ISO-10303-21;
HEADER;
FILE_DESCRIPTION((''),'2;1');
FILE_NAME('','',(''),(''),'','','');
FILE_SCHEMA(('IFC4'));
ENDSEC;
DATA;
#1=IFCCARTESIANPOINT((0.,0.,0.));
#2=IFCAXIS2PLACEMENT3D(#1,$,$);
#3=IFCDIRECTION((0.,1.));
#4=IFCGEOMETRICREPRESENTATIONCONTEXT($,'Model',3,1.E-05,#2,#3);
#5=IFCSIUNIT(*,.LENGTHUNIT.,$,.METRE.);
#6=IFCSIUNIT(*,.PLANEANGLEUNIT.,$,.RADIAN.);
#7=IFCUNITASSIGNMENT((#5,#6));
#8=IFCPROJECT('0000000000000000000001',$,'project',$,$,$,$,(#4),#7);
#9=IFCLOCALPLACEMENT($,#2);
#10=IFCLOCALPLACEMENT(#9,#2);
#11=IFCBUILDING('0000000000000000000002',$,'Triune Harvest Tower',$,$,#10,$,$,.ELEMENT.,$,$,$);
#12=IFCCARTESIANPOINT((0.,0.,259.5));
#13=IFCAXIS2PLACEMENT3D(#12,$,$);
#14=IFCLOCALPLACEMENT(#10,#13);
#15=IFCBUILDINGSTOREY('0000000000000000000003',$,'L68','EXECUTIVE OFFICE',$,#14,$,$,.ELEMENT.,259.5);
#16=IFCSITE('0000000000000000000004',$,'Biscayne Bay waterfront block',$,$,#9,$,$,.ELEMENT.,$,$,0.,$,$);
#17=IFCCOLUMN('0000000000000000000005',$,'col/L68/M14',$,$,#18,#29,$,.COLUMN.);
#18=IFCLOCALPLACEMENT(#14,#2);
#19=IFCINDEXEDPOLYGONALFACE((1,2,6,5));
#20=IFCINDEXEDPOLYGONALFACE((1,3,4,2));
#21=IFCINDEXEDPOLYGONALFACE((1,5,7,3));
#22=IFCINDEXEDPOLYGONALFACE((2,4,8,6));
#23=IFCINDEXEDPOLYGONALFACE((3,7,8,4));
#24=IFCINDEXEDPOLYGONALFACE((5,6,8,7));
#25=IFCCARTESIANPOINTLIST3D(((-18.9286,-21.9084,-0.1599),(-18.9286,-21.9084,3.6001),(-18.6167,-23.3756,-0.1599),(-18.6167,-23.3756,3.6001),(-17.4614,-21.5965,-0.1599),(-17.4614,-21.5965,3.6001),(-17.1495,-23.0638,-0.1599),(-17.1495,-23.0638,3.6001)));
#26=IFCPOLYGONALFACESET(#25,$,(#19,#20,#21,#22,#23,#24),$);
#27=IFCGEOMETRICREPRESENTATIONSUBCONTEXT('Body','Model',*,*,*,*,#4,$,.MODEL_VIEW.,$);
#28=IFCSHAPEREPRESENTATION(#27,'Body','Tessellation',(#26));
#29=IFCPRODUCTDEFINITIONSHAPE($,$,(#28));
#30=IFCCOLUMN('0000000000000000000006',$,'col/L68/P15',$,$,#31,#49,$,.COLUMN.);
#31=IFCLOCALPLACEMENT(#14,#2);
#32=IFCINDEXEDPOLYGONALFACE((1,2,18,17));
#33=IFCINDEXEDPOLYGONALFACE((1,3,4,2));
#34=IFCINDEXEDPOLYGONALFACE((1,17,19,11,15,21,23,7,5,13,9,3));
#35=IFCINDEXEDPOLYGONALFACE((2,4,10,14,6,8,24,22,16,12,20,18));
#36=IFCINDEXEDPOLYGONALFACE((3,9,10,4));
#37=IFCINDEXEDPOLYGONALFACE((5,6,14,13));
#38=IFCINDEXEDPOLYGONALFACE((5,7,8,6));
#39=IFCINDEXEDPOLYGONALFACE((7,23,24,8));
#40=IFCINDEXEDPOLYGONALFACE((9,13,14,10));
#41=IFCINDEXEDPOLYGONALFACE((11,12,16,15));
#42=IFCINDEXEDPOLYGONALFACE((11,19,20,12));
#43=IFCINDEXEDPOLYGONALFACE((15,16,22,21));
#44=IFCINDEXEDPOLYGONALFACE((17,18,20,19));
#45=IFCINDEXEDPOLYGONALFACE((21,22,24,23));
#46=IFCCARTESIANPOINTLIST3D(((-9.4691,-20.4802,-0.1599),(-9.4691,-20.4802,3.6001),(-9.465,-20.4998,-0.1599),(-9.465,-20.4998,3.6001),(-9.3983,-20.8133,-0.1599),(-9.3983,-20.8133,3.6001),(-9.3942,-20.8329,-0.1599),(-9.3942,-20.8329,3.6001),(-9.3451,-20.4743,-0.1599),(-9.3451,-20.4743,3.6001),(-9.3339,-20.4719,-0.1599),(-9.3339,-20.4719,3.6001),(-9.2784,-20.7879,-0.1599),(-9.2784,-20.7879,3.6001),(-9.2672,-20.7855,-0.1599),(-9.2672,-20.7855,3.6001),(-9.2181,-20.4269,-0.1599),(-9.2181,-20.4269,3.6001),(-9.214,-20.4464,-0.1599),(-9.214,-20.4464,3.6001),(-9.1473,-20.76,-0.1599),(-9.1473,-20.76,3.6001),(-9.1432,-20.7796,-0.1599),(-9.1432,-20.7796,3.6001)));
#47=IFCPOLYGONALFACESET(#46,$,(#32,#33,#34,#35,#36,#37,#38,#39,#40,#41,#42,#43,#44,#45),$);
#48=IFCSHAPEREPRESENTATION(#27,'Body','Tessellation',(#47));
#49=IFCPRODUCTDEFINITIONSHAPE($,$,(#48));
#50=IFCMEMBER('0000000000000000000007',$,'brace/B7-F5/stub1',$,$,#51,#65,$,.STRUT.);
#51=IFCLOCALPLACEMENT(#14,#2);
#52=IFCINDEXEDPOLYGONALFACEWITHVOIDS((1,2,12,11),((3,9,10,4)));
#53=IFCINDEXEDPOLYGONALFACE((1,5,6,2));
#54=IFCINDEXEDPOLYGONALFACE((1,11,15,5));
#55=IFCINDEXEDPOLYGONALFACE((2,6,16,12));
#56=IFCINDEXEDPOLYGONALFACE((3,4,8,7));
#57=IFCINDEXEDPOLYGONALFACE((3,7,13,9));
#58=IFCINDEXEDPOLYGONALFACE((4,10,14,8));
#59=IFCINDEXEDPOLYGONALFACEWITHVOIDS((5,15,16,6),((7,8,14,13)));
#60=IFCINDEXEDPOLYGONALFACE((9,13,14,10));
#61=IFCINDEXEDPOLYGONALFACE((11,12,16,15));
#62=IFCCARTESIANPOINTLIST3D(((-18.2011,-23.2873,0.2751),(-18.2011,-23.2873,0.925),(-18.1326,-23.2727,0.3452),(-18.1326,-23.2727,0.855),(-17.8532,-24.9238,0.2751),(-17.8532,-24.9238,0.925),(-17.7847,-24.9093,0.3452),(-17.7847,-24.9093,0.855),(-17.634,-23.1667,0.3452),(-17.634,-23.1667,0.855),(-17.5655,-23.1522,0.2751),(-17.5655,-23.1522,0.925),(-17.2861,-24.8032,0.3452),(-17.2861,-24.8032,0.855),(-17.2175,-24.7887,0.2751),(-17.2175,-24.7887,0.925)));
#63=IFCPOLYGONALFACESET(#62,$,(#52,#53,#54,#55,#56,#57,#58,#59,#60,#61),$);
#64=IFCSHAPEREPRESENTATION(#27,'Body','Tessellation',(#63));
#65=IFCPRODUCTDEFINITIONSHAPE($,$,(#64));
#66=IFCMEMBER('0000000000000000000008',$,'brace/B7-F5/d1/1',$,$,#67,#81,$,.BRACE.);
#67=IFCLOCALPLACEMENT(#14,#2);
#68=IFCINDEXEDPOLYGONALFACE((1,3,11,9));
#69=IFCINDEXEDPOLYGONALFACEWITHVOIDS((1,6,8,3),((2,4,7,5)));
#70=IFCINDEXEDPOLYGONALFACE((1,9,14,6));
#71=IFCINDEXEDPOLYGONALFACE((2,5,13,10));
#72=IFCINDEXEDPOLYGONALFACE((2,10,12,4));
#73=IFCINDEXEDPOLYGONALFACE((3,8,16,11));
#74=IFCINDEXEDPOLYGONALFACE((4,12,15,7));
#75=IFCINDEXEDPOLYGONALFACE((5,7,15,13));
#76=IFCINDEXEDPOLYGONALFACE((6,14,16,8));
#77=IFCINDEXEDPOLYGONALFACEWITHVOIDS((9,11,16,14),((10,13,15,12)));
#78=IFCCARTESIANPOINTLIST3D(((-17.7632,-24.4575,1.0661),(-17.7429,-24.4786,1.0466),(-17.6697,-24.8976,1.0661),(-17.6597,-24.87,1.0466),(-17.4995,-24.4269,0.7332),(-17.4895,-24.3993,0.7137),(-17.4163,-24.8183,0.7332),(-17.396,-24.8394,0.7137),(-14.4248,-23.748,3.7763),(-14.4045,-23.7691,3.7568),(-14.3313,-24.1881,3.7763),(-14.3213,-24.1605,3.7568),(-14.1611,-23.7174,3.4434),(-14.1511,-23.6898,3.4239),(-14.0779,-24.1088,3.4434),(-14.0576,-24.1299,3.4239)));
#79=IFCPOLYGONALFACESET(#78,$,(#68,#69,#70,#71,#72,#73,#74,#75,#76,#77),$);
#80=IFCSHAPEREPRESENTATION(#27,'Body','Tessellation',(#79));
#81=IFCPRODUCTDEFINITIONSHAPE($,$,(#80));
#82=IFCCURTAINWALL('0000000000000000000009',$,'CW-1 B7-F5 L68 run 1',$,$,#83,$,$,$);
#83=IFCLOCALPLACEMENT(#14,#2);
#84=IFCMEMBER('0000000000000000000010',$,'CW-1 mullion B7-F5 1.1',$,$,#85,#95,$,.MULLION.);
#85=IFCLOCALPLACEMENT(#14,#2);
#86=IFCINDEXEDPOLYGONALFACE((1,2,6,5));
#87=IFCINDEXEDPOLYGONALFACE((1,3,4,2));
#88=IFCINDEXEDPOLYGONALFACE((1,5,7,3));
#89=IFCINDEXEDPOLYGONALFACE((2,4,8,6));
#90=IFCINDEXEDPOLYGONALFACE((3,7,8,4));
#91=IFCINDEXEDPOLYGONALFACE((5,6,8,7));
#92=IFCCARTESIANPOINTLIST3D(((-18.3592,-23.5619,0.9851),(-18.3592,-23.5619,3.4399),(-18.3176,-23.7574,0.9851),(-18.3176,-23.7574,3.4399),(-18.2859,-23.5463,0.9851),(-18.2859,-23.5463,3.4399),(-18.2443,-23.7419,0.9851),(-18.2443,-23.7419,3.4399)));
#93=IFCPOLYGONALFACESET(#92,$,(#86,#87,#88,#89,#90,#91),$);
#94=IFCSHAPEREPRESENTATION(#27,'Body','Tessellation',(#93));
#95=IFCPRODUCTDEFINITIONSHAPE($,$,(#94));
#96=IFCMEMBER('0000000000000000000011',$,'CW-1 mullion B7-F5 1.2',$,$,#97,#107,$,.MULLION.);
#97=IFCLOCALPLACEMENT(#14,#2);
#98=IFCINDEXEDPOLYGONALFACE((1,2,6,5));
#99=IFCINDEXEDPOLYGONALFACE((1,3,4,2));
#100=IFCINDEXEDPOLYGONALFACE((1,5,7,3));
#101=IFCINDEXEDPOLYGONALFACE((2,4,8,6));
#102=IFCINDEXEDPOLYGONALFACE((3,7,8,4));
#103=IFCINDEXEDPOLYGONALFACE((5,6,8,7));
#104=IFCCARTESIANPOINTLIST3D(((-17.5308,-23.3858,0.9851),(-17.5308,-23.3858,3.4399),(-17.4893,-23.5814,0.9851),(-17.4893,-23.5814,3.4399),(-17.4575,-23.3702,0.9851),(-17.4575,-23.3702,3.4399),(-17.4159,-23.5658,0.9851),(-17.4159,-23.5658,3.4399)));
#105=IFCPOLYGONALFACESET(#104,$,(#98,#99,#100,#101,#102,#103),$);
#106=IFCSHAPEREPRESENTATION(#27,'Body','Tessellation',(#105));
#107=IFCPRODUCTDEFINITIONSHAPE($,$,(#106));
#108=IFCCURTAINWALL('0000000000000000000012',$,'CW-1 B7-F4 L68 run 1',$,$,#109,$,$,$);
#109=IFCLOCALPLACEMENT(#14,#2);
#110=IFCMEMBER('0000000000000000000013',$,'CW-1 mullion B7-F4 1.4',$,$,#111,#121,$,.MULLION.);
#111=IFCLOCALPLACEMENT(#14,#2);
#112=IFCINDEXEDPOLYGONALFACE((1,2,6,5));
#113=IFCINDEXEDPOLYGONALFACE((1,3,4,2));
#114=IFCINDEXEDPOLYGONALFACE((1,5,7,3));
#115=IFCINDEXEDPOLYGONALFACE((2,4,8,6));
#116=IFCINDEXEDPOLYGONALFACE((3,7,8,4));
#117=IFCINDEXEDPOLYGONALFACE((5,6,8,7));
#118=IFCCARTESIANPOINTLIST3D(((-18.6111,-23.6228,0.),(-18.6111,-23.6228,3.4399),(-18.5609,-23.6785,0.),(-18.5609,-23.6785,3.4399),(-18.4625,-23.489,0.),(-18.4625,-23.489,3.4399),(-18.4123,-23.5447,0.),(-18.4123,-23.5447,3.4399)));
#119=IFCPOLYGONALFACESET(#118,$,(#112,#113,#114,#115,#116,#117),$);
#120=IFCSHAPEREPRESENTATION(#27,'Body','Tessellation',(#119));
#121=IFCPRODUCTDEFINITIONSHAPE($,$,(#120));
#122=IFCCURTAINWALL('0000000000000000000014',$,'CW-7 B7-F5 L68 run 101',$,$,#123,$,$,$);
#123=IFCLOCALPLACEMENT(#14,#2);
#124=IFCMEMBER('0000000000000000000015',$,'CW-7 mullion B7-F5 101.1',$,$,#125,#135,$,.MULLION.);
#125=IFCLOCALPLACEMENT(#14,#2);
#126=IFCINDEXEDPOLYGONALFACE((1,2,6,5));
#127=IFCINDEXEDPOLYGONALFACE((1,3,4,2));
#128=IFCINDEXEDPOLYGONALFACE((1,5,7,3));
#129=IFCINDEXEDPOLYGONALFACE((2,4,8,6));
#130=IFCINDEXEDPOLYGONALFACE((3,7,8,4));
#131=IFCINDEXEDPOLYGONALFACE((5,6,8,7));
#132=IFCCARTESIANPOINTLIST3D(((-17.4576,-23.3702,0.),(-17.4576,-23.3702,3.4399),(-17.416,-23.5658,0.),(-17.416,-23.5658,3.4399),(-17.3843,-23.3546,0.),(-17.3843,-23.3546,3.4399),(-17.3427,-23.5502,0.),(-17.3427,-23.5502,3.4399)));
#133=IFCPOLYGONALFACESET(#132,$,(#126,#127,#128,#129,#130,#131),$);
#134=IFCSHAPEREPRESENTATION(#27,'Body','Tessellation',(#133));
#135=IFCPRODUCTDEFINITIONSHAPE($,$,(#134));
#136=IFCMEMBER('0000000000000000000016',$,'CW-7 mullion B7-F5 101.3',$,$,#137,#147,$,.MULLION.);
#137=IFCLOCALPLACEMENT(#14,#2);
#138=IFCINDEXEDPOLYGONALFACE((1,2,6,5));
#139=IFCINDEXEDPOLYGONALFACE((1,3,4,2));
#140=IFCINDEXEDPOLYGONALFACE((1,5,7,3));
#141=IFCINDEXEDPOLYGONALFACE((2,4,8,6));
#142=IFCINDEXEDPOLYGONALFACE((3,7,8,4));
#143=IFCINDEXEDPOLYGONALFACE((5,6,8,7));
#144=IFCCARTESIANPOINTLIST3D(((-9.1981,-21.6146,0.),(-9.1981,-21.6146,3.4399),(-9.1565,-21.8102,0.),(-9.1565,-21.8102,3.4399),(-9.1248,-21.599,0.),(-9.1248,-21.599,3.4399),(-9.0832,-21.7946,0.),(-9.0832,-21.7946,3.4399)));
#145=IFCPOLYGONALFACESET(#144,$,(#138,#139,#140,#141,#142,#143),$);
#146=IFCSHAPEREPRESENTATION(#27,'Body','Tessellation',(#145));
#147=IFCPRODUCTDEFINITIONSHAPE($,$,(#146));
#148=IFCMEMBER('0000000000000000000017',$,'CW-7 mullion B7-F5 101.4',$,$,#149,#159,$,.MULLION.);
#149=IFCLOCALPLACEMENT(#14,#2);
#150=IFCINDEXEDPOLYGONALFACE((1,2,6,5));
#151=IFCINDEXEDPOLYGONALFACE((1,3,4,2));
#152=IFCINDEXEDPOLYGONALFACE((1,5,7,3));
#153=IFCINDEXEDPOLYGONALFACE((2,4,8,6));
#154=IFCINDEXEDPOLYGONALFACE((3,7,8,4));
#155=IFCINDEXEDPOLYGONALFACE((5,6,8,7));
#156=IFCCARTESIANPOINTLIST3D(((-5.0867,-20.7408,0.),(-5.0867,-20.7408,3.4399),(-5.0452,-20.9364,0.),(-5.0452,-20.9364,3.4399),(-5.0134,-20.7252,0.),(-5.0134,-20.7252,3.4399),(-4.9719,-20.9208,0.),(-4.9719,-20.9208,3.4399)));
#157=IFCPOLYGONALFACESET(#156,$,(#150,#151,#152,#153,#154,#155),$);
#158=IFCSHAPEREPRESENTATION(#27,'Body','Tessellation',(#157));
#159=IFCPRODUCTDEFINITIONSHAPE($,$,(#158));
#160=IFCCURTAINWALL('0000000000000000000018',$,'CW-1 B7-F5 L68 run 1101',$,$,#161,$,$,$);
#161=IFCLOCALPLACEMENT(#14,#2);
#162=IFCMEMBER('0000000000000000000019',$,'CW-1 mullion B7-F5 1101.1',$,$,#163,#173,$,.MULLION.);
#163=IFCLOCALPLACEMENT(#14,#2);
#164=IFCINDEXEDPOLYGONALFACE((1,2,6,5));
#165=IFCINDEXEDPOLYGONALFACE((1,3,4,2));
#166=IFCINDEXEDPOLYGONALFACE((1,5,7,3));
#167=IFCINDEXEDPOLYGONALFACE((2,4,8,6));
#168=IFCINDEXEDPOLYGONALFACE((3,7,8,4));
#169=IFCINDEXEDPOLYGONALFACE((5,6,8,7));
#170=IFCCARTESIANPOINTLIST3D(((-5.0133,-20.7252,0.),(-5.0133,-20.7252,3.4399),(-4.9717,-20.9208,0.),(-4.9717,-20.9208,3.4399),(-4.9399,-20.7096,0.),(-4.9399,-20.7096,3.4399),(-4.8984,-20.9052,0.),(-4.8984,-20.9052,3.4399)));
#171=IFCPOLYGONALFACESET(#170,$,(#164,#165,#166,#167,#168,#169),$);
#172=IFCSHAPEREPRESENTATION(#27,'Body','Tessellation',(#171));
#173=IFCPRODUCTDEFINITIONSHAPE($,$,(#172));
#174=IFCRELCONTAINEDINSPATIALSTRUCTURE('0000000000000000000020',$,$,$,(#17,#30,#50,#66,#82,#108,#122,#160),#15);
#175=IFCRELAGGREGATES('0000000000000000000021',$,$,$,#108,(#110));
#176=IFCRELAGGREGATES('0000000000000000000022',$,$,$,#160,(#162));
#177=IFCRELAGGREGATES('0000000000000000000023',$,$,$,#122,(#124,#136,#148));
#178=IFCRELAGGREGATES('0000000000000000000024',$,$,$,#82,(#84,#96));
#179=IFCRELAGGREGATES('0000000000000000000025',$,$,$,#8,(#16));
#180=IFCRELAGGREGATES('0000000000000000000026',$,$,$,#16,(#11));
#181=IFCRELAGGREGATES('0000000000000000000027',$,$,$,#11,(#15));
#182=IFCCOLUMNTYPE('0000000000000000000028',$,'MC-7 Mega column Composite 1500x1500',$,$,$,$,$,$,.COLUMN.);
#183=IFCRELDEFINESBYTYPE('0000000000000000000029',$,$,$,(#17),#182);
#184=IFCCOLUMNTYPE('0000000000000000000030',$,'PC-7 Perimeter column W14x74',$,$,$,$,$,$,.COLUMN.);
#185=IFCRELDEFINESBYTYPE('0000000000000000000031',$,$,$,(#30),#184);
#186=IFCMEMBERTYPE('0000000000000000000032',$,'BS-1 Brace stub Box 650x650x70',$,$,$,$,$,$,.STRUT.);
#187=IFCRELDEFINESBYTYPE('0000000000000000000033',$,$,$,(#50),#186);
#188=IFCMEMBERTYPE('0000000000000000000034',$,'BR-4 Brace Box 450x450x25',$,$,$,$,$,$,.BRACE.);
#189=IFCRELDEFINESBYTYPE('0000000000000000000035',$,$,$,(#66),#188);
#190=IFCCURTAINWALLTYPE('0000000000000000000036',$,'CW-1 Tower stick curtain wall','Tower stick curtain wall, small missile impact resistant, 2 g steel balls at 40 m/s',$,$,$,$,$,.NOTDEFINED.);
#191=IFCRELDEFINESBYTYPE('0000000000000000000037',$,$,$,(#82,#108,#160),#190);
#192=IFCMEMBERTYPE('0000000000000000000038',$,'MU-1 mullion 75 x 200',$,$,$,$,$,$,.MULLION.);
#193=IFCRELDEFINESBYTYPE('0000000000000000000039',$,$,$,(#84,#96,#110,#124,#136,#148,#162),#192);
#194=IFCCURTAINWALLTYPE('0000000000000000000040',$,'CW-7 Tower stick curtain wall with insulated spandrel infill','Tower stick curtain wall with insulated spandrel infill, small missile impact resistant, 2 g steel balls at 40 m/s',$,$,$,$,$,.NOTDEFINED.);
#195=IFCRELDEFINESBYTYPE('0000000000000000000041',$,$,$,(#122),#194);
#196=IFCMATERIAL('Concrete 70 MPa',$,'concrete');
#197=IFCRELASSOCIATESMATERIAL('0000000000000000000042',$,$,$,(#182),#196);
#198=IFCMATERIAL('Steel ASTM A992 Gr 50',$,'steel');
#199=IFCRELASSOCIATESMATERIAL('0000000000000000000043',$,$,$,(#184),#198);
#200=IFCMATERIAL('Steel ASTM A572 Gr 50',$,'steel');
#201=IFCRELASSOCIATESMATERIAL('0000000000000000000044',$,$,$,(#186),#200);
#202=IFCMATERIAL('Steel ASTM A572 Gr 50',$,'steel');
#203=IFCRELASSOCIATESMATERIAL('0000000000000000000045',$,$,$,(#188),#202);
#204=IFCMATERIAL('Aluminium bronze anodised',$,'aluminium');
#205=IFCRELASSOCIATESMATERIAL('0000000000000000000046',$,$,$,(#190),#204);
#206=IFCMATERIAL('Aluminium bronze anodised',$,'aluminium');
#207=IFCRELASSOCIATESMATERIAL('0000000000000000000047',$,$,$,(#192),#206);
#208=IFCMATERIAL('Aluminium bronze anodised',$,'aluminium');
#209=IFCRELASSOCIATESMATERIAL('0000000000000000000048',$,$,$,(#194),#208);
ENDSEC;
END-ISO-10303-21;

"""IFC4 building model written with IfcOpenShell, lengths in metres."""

from ifc_helpers import new_model, si_unit, direction, frame, origin, origin_2d, place, context, subcontext, project, spatial, rectangle, hollow_rectangle, i_section, extrude, source, transform, mapped, material, material_profile, profile_set, type_object, element, aggregate, save


model = new_model("IFC4")

# Units and contexts
model_context = context("Model", 3, precision=1e-05, world=origin(), true_north=direction((0.0, 1.0)))
body_context = subcontext(model_context, "Body", "Model", "MODEL_VIEW")
ifc_project = project(units=[si_unit("LENGTHUNIT", "METRE"), si_unit("PLANEANGLEUNIT", "RADIAN")], contexts=[model_context])

# Site, building, storey
site_placement = place(None, origin())
site = spatial("IfcSite", under=ifc_project, at=site_placement, Name="Biscayne Bay waterfront block", CompositionType="ELEMENT", RefElevation=0.0)
building_placement = place(site_placement, origin())
building = spatial("IfcBuilding", under=site, at=building_placement, Name="Triune Harvest Tower", CompositionType="ELEMENT")
storey_placement = place(building_placement, frame((0.0, 0.0, 259.5)))
storey = spatial("IfcBuildingStorey", under=building, at=storey_placement, Name="L68", Description="EXECUTIVE OFFICE", CompositionType="ELEMENT", Elevation=259.5)

# Columns
ifc_material_1 = material(Name="Concrete 70 MPa", Category="concrete")
ifc_material_profile_1 = material_profile(ifc_material_1, rectangle(XDim=1.5, YDim=1.5, at=origin_2d()), Name="Composite 1500x1500")
ifc_profile_set_1 = profile_set([ifc_material_profile_1], Name="Concrete 70 MPa")
column_type_1 = type_object("IfcColumnType", Name="MC-7 Mega column Composite 1500x1500", PredefinedType="COLUMN", material=ifc_profile_set_1)
shared_shape_1 = source(origin(), body_context, "Body", "SweptSolid", [
    extrude(rectangle(XDim=1.5, YDim=1.5, at=origin_2d()), origin(), (0.0, 0.0, 1.0), 3.76),
])
column_1_placement = place(storey_placement, frame((-18.0391, -22.4861, -0.1599), z_axis=(0.0, 0.0, 1.0), x_axis=(0.978147, 0.207913, 0.0)))
element("IfcColumn", 1, at=column_1_placement, inside=storey, type_object=column_type_1, Name="col/L68/M14", PredefinedType="COLUMN", context=body_context, shape_type="MappedRepresentation", body=[
    mapped(shared_shape_1, transform((0.0, 0.0, 0.0), scale=1.0)),
])
ifc_material_2 = material(Name="Steel ASTM A992 Gr 50", Category="steel")
ifc_material_profile_2 = material_profile(ifc_material_2, i_section(OverallWidth=0.2566, OverallDepth=0.3606, WebThickness=0.0115, FlangeThickness=0.02, at=origin_2d()), Name="W14x74")
ifc_profile_set_2 = profile_set([ifc_material_profile_2], Name="Steel ASTM A992 Gr 50")
column_type_2 = type_object("IfcColumnType", Name="PC-7 Perimeter column W14x74", PredefinedType="COLUMN", material=ifc_profile_set_2)
shared_shape_2 = source(origin(), body_context, "Body", "SweptSolid", [
    extrude(i_section(OverallWidth=0.2566, OverallDepth=0.3606, WebThickness=0.0115, FlangeThickness=0.02, at=origin_2d()), origin(), (0.0, 0.0, 1.0), 3.76),
])
column_2_placement = place(storey_placement, frame((-9.3062, -20.6299, -0.1599), z_axis=(0.0, 0.0, 1.0), x_axis=(0.978147, 0.207913, 0.0)))
element("IfcColumn", 2, at=column_2_placement, inside=storey, type_object=column_type_2, Name="col/L68/P15", PredefinedType="COLUMN", context=body_context, shape_type="MappedRepresentation", body=[
    mapped(shared_shape_2, transform((0.0, 0.0, 0.0), scale=1.0)),
])

# Members
ifc_material_3 = material(Name="Steel ASTM A572 Gr 50", Category="steel")
ifc_material_profile_3 = material_profile(ifc_material_3, hollow_rectangle(XDim=0.6499, YDim=0.6499, WallThickness=0.0701, at=origin_2d()), Name="Box 650x650x70")
ifc_profile_set_3 = profile_set([ifc_material_profile_3], Name="Steel ASTM A572 Gr 50")
member_type_1 = type_object("IfcMemberType", Name="BS-1 Brace stub Box 650x650x70", PredefinedType="STRUT", material=ifc_profile_set_3)
shared_shape_3 = source(origin(), body_context, "Body", "SweptSolid", [
    extrude(hollow_rectangle(XDim=0.6499, YDim=0.6499, WallThickness=0.0701, at=origin_2d()), origin(), (0.0, 0.0, 1.0), 1.6731),
])
member_1_placement = place(storey_placement, frame((-17.8833, -23.2197, 0.6001), z_axis=(0.207944, -0.978141, 0.0), x_axis=(0.978141, 0.207944, 0.0)))
element("IfcMember", 3, at=member_1_placement, inside=storey, type_object=member_type_1, Name="brace/B7-F5/stub1", PredefinedType="STRUT", context=body_context, shape_type="MappedRepresentation", body=[
    mapped(shared_shape_3, transform((0.0, 0.0, 0.0), scale=1.0)),
])
ifc_material_4 = material(Name="Steel ASTM A572 Gr 50", Category="steel")
ifc_material_profile_4 = material_profile(ifc_material_4, hollow_rectangle(XDim=0.45, YDim=0.45, WallThickness=0.0249, at=origin_2d()), Name="Box 450x450x25")
ifc_profile_set_4 = profile_set([ifc_material_profile_4], Name="Steel ASTM A572 Gr 50")
member_type_2 = type_object("IfcMemberType", Name="BR-4 Brace Box 450x450x25", PredefinedType="BRACE", material=ifc_profile_set_4)
shared_shape_4 = source(origin(), body_context, "Body", "SweptSolid", [
    extrude(hollow_rectangle(XDim=0.45, YDim=0.45, WallThickness=0.0249, at=origin_2d()), origin(), (0.0, 0.0, 1.0), 4.3582),
])
member_2_placement = place(storey_placement, frame((-17.5796, -24.6484, 0.8899), z_axis=(0.766011, 0.162793, 0.621873), x_axis=(-0.207878, 0.978155, 0.0)))
element("IfcMember", 4, at=member_2_placement, inside=storey, type_object=member_type_2, Name="brace/B7-F5/d1/1", PredefinedType="BRACE", context=body_context, shape_type="MappedRepresentation", body=[
    mapped(shared_shape_4, transform((0.0, 0.0, 0.0), scale=1.0)),
])

# Curtain wall, members
ifc_material_5 = material(Name="Aluminium bronze anodised", Category="aluminium")
curtain_wall_type_1 = type_object("IfcCurtainWallType", Name="CW-1 Tower stick curtain wall", Description="Tower stick curtain wall, small missile impact resistant, 2 g steel balls at 40 m/s", PredefinedType="NOTDEFINED", material=ifc_material_5)
curtain_wall_1_placement = place(storey_placement, origin())
curtain_wall_1 = element("IfcCurtainWall", 5, at=curtain_wall_1_placement, inside=storey, type_object=curtain_wall_type_1, Name="CW-1 B7-F5 L68 run 1")
ifc_material_6 = material(Name="Aluminium bronze anodised", Category="aluminium")
ifc_material_profile_5 = material_profile(ifc_material_6, rectangle(XDim=0.2, YDim=0.075, at=origin_2d()), Name="MU-1 mullion 75 x 200")
ifc_profile_set_5 = profile_set([ifc_material_profile_5], Name="Aluminium bronze anodised")
member_type_3 = type_object("IfcMemberType", Name="MU-1 mullion 75 x 200", PredefinedType="MULLION", material=ifc_profile_set_5)
shared_shape_5 = source(origin(), body_context, "Body", "SweptSolid", [
    extrude(rectangle(XDim=0.2, YDim=0.075, at=origin_2d()), origin(), (0.0, 0.0, 1.0), 2.4548),
])
member_3_placement = place(storey_placement, frame((-18.3018, -23.6519, 0.9851), z_axis=(0.0, 0.0, 1.0), x_axis=(-0.207951, 0.978139, 0.0)))
member_3 = element("IfcMember", 6, at=member_3_placement, type_object=member_type_3, Name="CW-1 mullion B7-F5 1.1", PredefinedType="MULLION", context=body_context, shape_type="MappedRepresentation", body=[
    mapped(shared_shape_5, transform((0.0, 0.0, 0.0), scale=1.0)),
])
member_4_placement = place(storey_placement, frame((-17.4734, -23.4758, 0.9851), z_axis=(0.0, 0.0, 1.0), x_axis=(-0.207951, 0.978139, 0.0)))
member_4 = element("IfcMember", 7, at=member_4_placement, type_object=member_type_3, Name="CW-1 mullion B7-F5 1.2", PredefinedType="MULLION", context=body_context, shape_type="MappedRepresentation", body=[
    mapped(shared_shape_5, transform((0.0, 0.0, 0.0), scale=1.0)),
])

# Curtain wall, member
curtain_wall_2_placement = place(storey_placement, origin())
curtain_wall_2 = element("IfcCurtainWall", 8, at=curtain_wall_2_placement, inside=storey, type_object=curtain_wall_type_1, Name="CW-1 B7-F4 L68 run 1")
shared_shape_6 = source(origin(), body_context, "Body", "SweptSolid", [
    extrude(rectangle(XDim=0.2, YDim=0.075, at=origin_2d()), origin(), (0.0, 0.0, 1.0), 3.4399),
])
member_5_placement = place(storey_placement, frame((-18.5117, -23.5837, 0.0), z_axis=(0.0, 0.0, 1.0), x_axis=(0.743144, 0.669132, 0.0)))
member_5 = element("IfcMember", 9, at=member_5_placement, type_object=member_type_3, Name="CW-1 mullion B7-F4 1.4", PredefinedType="MULLION", context=body_context, shape_type="MappedRepresentation", body=[
    mapped(shared_shape_6, transform((0.0, 0.0, 0.0), scale=1.0)),
])
aggregate(curtain_wall_2, [member_5])

# Curtain wall, members
ifc_material_7 = material(Name="Aluminium bronze anodised", Category="aluminium")
curtain_wall_type_2 = type_object("IfcCurtainWallType", Name="CW-7 Tower stick curtain wall with insulated spandrel infill", Description="Tower stick curtain wall with insulated spandrel infill, small missile impact resistant, 2 g steel balls at 40 m/s", PredefinedType="NOTDEFINED", material=ifc_material_7)
curtain_wall_3_placement = place(storey_placement, origin())
curtain_wall_3 = element("IfcCurtainWall", 10, at=curtain_wall_3_placement, inside=storey, type_object=curtain_wall_type_2, Name="CW-7 B7-F5 L68 run 101")
member_6_placement = place(storey_placement, frame((-17.4001, -23.4602, 0.0), z_axis=(0.0, 0.0, 1.0), x_axis=(-0.20791, 0.978148, 0.0)))
member_6 = element("IfcMember", 11, at=member_6_placement, type_object=member_type_3, Name="CW-7 mullion B7-F5 101.1", PredefinedType="MULLION", context=body_context, shape_type="MappedRepresentation", body=[
    mapped(shared_shape_6, transform((0.0, 0.0, 0.0), scale=1.0)),
])
member_7_placement = place(storey_placement, frame((-9.1406, -21.7046, 0.0), z_axis=(0.0, 0.0, 1.0), x_axis=(-0.20791, 0.978148, 0.0)))
member_7 = element("IfcMember", 12, at=member_7_placement, type_object=member_type_3, Name="CW-7 mullion B7-F5 101.3", PredefinedType="MULLION", context=body_context, shape_type="MappedRepresentation", body=[
    mapped(shared_shape_6, transform((0.0, 0.0, 0.0), scale=1.0)),
])
member_8_placement = place(storey_placement, frame((-5.0293, -20.8308, 0.0), z_axis=(0.0, 0.0, 1.0), x_axis=(-0.20791, 0.978148, 0.0)))
member_8 = element("IfcMember", 13, at=member_8_placement, type_object=member_type_3, Name="CW-7 mullion B7-F5 101.4", PredefinedType="MULLION", context=body_context, shape_type="MappedRepresentation", body=[
    mapped(shared_shape_6, transform((0.0, 0.0, 0.0), scale=1.0)),
])

# Curtain wall, member
curtain_wall_4_placement = place(storey_placement, origin())
curtain_wall_4 = element("IfcCurtainWall", 14, at=curtain_wall_4_placement, inside=storey, type_object=curtain_wall_type_1, Name="CW-1 B7-F5 L68 run 1101")
member_9_placement = place(storey_placement, frame((-4.9558, -20.8152, 0.0), z_axis=(0.0, 0.0, 1.0), x_axis=(-0.20791, 0.978148, 0.0)))
member_9 = element("IfcMember", 15, at=member_9_placement, type_object=member_type_3, Name="CW-1 mullion B7-F5 1101.1", PredefinedType="MULLION", context=body_context, shape_type="MappedRepresentation", body=[
    mapped(shared_shape_6, transform((0.0, 0.0, 0.0), scale=1.0)),
])

aggregate(curtain_wall_4, [member_9])

aggregate(curtain_wall_3, [member_6, member_7, member_8])
aggregate(curtain_wall_1, [member_3, member_4])

save(model, "model.ifc")
